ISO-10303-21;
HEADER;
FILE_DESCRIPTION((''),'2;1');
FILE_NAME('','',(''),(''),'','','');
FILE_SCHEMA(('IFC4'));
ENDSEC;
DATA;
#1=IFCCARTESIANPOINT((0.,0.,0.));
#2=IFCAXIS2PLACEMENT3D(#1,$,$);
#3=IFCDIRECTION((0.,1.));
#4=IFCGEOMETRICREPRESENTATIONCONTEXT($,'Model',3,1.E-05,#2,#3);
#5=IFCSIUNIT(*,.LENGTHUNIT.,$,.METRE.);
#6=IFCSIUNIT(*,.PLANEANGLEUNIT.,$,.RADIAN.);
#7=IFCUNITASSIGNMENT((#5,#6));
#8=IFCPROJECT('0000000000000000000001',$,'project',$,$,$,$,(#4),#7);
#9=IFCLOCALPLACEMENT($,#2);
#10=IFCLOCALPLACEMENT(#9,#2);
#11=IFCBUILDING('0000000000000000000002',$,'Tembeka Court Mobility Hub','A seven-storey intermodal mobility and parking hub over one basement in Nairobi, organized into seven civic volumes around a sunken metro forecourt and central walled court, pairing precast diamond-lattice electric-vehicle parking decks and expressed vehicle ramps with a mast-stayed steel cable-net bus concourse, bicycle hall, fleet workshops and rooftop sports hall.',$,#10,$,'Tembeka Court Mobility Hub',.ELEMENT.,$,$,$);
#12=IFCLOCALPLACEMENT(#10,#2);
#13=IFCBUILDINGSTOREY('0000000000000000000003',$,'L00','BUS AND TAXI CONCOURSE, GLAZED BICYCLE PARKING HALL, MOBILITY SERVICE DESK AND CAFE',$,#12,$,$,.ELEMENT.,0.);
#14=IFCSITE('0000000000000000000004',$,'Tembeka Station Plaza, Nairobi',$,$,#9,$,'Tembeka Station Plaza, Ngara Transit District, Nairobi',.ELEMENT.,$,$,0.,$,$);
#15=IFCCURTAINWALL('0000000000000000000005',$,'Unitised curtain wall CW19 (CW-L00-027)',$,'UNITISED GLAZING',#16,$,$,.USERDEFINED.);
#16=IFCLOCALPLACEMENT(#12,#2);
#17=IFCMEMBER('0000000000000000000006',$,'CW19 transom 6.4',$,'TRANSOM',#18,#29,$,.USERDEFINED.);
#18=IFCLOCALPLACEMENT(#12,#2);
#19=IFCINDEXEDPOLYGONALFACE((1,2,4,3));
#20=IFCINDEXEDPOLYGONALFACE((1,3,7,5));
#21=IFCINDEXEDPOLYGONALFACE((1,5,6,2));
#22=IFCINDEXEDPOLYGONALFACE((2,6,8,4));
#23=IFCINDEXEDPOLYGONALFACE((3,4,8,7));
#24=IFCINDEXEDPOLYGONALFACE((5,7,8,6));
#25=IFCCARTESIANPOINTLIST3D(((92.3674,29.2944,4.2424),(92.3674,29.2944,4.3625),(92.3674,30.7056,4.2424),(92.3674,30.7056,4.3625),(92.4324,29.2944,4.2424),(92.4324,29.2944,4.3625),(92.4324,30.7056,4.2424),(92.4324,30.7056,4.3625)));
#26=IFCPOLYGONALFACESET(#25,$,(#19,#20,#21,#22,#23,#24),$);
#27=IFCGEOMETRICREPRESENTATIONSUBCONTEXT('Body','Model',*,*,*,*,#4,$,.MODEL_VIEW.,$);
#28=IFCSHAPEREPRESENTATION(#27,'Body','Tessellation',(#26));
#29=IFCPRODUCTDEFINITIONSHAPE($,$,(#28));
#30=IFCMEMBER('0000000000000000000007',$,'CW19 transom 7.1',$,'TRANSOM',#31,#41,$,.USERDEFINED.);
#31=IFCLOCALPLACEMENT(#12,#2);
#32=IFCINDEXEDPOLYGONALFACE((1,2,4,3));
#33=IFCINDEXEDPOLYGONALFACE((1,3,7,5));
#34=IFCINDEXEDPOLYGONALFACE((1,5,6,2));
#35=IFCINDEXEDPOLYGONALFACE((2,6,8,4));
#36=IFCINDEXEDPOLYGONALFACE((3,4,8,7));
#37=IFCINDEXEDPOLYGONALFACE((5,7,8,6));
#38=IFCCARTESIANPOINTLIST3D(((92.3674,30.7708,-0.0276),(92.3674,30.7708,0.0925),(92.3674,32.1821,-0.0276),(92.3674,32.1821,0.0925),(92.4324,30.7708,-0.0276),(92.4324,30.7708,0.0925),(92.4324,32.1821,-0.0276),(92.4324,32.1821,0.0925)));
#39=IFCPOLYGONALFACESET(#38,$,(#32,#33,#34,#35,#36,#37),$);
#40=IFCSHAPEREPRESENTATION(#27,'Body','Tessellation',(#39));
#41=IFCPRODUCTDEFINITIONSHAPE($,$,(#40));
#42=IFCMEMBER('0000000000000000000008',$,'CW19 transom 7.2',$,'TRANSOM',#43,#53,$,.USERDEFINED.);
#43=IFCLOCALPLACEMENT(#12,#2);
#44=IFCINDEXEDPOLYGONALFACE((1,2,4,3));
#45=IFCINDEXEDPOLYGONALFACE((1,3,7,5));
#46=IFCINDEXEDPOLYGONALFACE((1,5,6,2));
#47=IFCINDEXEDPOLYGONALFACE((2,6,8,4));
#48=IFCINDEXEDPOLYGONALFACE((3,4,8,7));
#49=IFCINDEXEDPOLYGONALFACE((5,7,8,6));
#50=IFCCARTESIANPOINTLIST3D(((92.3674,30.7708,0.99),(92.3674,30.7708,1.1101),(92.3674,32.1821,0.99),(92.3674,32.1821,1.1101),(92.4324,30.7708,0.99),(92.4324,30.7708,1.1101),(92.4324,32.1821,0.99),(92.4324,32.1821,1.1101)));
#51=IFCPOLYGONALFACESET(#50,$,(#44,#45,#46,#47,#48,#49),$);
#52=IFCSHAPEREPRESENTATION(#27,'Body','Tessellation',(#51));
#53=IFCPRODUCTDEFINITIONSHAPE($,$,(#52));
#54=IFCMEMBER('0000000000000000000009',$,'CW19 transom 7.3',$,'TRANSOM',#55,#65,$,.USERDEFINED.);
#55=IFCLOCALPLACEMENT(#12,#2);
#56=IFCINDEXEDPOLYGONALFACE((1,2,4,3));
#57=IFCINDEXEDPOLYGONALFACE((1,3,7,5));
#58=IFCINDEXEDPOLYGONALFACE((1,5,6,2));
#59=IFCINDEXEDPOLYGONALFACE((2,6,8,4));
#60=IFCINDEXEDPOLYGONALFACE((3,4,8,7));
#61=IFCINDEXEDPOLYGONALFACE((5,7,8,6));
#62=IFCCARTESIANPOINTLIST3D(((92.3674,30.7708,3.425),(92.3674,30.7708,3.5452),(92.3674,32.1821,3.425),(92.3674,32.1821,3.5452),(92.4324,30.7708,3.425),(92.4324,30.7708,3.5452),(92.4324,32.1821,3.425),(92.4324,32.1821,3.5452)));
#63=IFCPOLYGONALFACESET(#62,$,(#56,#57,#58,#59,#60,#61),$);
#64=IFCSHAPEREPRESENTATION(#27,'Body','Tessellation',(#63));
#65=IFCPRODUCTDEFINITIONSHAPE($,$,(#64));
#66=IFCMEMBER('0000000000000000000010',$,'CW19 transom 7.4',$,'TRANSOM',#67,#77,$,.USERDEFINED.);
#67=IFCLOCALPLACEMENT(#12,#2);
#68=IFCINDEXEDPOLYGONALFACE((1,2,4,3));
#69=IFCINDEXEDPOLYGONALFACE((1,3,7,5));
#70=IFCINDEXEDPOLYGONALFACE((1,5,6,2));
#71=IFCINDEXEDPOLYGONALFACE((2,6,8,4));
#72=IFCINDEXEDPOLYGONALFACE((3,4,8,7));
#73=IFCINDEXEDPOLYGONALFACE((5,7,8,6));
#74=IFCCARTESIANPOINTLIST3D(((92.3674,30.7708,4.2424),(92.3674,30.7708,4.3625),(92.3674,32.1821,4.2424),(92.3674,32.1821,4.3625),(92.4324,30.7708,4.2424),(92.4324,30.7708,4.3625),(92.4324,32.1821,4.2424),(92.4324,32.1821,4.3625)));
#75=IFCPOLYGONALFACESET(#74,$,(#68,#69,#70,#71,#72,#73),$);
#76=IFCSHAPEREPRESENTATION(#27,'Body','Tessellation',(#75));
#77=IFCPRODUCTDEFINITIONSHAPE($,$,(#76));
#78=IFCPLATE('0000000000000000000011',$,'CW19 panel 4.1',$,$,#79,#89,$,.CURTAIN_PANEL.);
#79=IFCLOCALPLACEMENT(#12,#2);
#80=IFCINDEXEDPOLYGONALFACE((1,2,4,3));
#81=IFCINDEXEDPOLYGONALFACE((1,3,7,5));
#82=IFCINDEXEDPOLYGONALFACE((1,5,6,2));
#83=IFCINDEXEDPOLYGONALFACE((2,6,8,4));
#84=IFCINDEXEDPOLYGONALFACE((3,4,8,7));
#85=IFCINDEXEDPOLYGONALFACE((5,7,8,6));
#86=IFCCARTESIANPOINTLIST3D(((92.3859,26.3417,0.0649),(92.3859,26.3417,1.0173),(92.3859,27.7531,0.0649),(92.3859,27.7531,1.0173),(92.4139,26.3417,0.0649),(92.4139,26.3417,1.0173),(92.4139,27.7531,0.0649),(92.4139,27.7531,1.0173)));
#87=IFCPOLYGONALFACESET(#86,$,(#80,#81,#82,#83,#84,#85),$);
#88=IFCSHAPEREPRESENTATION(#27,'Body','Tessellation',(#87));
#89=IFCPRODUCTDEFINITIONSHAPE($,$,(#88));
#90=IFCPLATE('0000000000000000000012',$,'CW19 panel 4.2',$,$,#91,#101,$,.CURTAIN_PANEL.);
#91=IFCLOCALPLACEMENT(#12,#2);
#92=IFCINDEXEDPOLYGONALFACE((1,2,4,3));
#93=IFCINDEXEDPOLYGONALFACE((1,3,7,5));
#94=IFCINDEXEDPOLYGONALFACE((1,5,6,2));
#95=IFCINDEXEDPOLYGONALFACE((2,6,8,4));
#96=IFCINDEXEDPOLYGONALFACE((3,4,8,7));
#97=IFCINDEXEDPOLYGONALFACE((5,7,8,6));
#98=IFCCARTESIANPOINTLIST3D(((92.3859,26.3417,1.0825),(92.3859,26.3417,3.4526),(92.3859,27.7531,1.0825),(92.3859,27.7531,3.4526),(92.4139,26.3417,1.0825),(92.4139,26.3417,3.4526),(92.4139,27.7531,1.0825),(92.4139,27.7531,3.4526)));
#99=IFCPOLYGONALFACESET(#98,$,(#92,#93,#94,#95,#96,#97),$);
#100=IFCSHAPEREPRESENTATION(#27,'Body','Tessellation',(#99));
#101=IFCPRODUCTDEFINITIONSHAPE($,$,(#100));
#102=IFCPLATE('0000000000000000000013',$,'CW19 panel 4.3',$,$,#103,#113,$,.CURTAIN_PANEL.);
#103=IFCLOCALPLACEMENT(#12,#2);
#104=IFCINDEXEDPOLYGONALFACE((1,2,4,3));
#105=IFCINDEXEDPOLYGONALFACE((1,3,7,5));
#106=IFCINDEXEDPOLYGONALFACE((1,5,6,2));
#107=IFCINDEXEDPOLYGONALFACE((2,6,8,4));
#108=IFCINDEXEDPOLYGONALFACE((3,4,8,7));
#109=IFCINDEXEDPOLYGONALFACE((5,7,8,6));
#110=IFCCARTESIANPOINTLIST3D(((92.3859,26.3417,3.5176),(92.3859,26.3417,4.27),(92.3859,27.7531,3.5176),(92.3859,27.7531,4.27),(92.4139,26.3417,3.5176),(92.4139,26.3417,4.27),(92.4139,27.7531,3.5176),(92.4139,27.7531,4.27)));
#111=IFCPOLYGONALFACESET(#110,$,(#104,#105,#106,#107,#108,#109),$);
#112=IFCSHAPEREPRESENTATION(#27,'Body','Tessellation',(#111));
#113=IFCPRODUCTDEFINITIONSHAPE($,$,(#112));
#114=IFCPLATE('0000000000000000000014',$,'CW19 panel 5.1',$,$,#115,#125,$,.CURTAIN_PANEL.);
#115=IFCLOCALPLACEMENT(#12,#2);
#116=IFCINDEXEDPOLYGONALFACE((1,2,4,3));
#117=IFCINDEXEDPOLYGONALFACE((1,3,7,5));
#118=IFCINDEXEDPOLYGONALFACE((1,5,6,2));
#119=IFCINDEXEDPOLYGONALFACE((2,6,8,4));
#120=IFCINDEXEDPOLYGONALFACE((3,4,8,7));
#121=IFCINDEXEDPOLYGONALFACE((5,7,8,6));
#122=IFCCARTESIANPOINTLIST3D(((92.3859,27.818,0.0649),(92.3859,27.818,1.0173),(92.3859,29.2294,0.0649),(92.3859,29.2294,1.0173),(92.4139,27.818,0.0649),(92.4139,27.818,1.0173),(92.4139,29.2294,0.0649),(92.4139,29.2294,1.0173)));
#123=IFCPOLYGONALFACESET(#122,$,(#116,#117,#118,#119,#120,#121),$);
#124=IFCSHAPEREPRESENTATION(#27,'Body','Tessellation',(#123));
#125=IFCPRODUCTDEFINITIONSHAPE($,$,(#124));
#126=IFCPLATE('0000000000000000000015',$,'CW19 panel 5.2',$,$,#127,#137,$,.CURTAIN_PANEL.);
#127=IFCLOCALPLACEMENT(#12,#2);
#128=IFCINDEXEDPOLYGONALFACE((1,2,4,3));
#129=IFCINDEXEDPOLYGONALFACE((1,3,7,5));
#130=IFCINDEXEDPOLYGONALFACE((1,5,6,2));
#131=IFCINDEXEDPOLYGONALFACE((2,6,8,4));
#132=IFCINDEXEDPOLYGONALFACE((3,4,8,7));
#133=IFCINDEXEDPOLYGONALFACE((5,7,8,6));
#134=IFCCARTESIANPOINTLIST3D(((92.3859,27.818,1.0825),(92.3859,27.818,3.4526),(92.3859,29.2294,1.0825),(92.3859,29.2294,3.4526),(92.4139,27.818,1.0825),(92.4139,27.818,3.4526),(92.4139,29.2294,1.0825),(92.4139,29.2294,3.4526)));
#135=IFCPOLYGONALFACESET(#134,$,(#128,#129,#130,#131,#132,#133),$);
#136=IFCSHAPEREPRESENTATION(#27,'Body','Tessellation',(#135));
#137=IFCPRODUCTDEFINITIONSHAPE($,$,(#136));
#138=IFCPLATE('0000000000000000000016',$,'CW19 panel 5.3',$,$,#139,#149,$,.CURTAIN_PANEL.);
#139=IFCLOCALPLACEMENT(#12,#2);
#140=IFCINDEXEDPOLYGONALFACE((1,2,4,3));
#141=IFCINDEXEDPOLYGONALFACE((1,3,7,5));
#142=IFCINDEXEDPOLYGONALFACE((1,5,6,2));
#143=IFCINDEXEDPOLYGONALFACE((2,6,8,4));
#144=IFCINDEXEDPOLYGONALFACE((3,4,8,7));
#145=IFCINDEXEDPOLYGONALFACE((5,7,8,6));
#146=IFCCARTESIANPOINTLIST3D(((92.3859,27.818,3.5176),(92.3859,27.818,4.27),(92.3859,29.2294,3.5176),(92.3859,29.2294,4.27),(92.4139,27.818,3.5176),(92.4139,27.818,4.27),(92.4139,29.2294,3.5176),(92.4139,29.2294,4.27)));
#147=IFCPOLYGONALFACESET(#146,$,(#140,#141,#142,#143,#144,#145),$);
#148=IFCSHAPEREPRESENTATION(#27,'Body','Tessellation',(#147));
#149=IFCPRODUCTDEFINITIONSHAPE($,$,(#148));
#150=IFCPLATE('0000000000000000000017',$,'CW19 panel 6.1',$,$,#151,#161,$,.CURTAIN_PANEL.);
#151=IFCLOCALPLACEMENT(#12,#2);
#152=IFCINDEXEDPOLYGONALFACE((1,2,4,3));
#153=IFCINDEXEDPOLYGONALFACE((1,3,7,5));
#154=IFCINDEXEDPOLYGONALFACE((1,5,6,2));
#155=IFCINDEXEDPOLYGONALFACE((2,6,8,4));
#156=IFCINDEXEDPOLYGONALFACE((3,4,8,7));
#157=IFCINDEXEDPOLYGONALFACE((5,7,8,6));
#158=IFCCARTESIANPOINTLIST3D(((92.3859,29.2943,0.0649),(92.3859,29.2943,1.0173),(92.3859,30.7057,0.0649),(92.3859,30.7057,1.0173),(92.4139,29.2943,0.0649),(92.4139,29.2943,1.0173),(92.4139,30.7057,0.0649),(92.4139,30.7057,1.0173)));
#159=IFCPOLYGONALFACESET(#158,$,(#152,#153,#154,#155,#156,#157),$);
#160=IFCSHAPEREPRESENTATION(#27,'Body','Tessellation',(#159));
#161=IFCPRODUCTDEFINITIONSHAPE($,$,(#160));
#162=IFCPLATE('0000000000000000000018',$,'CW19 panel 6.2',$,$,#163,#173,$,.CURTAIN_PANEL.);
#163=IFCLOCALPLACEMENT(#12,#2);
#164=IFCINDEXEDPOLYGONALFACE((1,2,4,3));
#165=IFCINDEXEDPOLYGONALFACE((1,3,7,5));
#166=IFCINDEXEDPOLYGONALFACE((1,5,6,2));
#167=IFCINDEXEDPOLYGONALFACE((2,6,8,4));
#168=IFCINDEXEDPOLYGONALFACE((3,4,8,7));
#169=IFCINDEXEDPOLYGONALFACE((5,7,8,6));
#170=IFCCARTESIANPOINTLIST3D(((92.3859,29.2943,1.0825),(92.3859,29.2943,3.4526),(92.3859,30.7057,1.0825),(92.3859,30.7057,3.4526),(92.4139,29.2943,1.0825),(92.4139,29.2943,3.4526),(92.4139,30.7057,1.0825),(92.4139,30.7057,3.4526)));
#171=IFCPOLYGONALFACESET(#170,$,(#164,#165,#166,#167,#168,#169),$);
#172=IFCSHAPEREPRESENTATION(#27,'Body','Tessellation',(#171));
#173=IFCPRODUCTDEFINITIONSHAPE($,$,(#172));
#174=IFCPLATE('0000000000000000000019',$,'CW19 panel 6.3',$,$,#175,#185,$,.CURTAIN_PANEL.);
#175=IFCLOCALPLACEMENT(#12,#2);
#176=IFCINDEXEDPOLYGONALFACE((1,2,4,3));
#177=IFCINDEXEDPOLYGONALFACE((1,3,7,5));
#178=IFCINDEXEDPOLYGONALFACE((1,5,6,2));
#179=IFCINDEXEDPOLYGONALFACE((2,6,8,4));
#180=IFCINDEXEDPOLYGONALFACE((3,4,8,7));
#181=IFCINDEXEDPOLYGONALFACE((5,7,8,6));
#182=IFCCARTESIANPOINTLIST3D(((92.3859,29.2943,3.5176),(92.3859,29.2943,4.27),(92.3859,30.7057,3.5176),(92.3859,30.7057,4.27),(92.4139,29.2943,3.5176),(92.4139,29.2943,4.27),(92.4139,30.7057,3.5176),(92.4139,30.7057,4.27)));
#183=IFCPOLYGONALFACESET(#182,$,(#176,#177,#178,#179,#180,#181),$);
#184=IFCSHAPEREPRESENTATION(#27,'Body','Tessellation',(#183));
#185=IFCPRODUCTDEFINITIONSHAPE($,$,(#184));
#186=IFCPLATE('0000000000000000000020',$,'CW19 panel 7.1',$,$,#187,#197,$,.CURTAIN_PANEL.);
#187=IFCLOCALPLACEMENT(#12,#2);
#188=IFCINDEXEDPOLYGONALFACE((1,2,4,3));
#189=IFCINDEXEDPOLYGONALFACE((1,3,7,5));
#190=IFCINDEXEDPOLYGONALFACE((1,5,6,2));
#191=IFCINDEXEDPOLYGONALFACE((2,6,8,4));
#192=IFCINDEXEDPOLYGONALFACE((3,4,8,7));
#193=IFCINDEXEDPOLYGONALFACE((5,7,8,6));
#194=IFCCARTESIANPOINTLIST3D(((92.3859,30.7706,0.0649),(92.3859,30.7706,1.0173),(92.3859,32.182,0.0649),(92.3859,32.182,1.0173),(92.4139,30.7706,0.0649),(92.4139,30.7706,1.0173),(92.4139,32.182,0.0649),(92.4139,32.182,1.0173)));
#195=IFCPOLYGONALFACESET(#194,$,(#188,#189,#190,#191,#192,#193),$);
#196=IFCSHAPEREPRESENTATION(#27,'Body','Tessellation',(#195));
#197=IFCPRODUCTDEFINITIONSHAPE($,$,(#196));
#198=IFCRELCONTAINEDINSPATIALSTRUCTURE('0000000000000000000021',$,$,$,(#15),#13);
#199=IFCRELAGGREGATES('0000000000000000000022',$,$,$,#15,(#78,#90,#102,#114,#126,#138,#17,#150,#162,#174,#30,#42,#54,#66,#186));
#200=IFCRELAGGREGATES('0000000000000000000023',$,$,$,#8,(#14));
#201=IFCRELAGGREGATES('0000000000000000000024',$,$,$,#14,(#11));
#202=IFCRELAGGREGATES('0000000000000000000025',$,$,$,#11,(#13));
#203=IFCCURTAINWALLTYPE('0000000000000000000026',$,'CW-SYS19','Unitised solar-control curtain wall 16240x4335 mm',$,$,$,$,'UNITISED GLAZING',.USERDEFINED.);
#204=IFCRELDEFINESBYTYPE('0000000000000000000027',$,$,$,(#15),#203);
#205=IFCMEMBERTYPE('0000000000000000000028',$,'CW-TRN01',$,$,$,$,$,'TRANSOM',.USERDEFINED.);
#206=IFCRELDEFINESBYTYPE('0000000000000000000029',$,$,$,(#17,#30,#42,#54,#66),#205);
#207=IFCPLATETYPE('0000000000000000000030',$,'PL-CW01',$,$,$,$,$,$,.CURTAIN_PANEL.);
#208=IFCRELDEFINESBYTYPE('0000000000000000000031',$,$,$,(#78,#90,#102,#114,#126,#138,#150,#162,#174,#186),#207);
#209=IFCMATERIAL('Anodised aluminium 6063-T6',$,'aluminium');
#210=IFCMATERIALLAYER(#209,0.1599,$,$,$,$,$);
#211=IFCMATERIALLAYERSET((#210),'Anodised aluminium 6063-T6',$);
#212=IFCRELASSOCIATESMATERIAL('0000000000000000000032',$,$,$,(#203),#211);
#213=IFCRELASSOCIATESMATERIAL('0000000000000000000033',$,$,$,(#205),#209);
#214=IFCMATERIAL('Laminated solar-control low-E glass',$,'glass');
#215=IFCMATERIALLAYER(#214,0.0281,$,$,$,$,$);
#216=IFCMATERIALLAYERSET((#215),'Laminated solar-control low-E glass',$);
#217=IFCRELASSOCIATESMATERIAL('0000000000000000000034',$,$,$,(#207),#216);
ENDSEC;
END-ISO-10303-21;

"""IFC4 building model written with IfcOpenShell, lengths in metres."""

from ifc_helpers import new_model, si_unit, direction, frame, origin, origin_2d, place, context, subcontext, project, spatial, rectangle, extrude, material, layer, layer_set, material_profile, profile_set, type_object, element, aggregate, save


model = new_model("IFC4")

# Units and contexts
model_context = context("Model", 3, precision=1e-05, world=origin(), true_north=direction((0.0, 1.0)))
body_context = subcontext(model_context, "Body", "Model", "MODEL_VIEW")
ifc_project = project(units=[si_unit("LENGTHUNIT", "METRE"), si_unit("PLANEANGLEUNIT", "RADIAN")], contexts=[model_context])

# Site, building, storey
site_placement = place(None, origin())
site = spatial("IfcSite", under=ifc_project, at=site_placement, Name="Tembeka Station Plaza, Nairobi", LongName="Tembeka Station Plaza, Ngara Transit District, Nairobi", CompositionType="ELEMENT", RefElevation=0.0)
building_placement = place(site_placement, origin())
building = spatial("IfcBuilding", under=site, at=building_placement, Name="Tembeka Court Mobility Hub", Description="A seven-storey intermodal mobility and parking hub over one basement in Nairobi, organized into seven civic volumes around a sunken metro forecourt and central walled court, pairing precast diamond-lattice electric-vehicle parking decks and expressed vehicle ramps with a mast-stayed steel cable-net bus concourse, bicycle hall, fleet workshops and rooftop sports hall.", LongName="Tembeka Court Mobility Hub", CompositionType="ELEMENT")
storey_placement = place(building_placement, origin())
storey = spatial("IfcBuildingStorey", under=building, at=storey_placement, Name="L00", Description="BUS AND TAXI CONCOURSE, GLAZED BICYCLE PARKING HALL, MOBILITY SERVICE DESK AND CAFE", CompositionType="ELEMENT", Elevation=0.0)

# Curtain wall, members, plates
ifc_material_1 = material(Name="Anodised aluminium 6063-T6", Category="aluminium")
ifc_layer_1 = layer(ifc_material_1, 0.1599)
ifc_layer_set_1 = layer_set([ifc_layer_1], Name="Anodised aluminium 6063-T6")
curtain_wall_type = type_object("IfcCurtainWallType", Name="CW-SYS19", Description="Unitised solar-control curtain wall 16240x4335 mm", ElementType="UNITISED GLAZING", PredefinedType="USERDEFINED", material=ifc_layer_set_1)
curtain_wall_placement = place(storey_placement, origin())
curtain_wall = element("IfcCurtainWall", 1, at=curtain_wall_placement, inside=storey, type_object=curtain_wall_type, Name="Unitised curtain wall CW19 (CW-L00-027)", ObjectType="UNITISED GLAZING", PredefinedType="USERDEFINED")
ifc_material_profile_1 = material_profile(ifc_material_1, rectangle(XDim=0.0649, YDim=0.1201, at=origin_2d()), Name="ALU-TRN 65x120")
ifc_profile_set_1 = profile_set([ifc_material_profile_1], Name="Anodised aluminium 6063-T6")
member_type_1 = type_object("IfcMemberType", Name="CW-TRN01", ElementType="TRANSOM", PredefinedType="USERDEFINED", material=ifc_profile_set_1)
member_1_placement = place(storey_placement, frame((92.3999, 29.2944, 4.3025), z_axis=(0.0, 1.0, 0.0), x_axis=(-1.0, 0.0, 0.0)))
member_1 = element("IfcMember", 2, at=member_1_placement, type_object=member_type_1, Name="CW19 transom 6.4", ObjectType="TRANSOM", PredefinedType="USERDEFINED", context=body_context, shape_type="SweptSolid", body=[
    extrude(rectangle(XDim=0.0649, YDim=0.1201, at=origin_2d()), origin(), (0.0, 0.0, 1.0), 1.4111),
])
member_2_placement = place(storey_placement, frame((92.3999, 30.7708, 0.0325), z_axis=(0.0, 1.0, 0.0), x_axis=(-1.0, 0.0, 0.0)))
member_2 = element("IfcMember", 3, at=member_2_placement, type_object=member_type_1, Name="CW19 transom 7.1", ObjectType="TRANSOM", PredefinedType="USERDEFINED", context=body_context, shape_type="SweptSolid", body=[
    extrude(rectangle(XDim=0.0649, YDim=0.1201, at=origin_2d()), origin(), (0.0, 0.0, 1.0), 1.4114),
])
member_3_placement = place(storey_placement, frame((92.3999, 30.7708, 1.05), z_axis=(0.0, 1.0, 0.0), x_axis=(-1.0, 0.0, 0.0)))
member_3 = element("IfcMember", 4, at=member_3_placement, type_object=member_type_1, Name="CW19 transom 7.2", ObjectType="TRANSOM", PredefinedType="USERDEFINED", context=body_context, shape_type="SweptSolid", body=[
    extrude(rectangle(XDim=0.0649, YDim=0.1201, at=origin_2d()), origin(), (0.0, 0.0, 1.0), 1.4114),
])
member_4_placement = place(storey_placement, frame((92.3999, 30.7708, 3.4851), z_axis=(0.0, 1.0, 0.0), x_axis=(-1.0, 0.0, 0.0)))
member_4 = element("IfcMember", 5, at=member_4_placement, type_object=member_type_1, Name="CW19 transom 7.3", ObjectType="TRANSOM", PredefinedType="USERDEFINED", context=body_context, shape_type="SweptSolid", body=[
    extrude(rectangle(XDim=0.0649, YDim=0.1201, at=origin_2d()), origin(), (0.0, 0.0, 1.0), 1.4114),
])
member_5_placement = place(storey_placement, frame((92.3999, 30.7708, 4.3025), z_axis=(0.0, 1.0, 0.0), x_axis=(-1.0, 0.0, 0.0)))
member_5 = element("IfcMember", 6, at=member_5_placement, type_object=member_type_1, Name="CW19 transom 7.4", ObjectType="TRANSOM", PredefinedType="USERDEFINED", context=body_context, shape_type="SweptSolid", body=[
    extrude(rectangle(XDim=0.0649, YDim=0.1201, at=origin_2d()), origin(), (0.0, 0.0, 1.0), 1.4114),
])
ifc_material_2 = material(Name="Laminated solar-control low-E glass", Category="glass")
ifc_layer_2 = layer(ifc_material_2, 0.0281)
ifc_layer_set_2 = layer_set([ifc_layer_2], Name="Laminated solar-control low-E glass")
plate_type = type_object("IfcPlateType", Name="PL-CW01", PredefinedType="CURTAIN_PANEL", material=ifc_layer_set_2)
plate_1_placement = place(storey_placement, frame((92.3999, 27.0474, 0.0649), z_axis=(0.0, 0.0, 1.0), x_axis=(0.0, 1.0, 0.0)))
plate_1 = element("IfcPlate", 7, at=plate_1_placement, type_object=plate_type, Name="CW19 panel 4.1", PredefinedType="CURTAIN_PANEL", context=body_context, shape_type="SweptSolid", body=[
    extrude(rectangle(XDim=1.4114, YDim=0.0281, at=origin_2d()), origin(), (0.0, 0.0, 1.0), 0.9524),
])
plate_2_placement = place(storey_placement, frame((92.3999, 27.0474, 1.0825), z_axis=(0.0, 0.0, 1.0), x_axis=(0.0, 1.0, 0.0)))
plate_2 = element("IfcPlate", 8, at=plate_2_placement, type_object=plate_type, Name="CW19 panel 4.2", PredefinedType="CURTAIN_PANEL", context=body_context, shape_type="SweptSolid", body=[
    extrude(rectangle(XDim=1.4114, YDim=0.0281, at=origin_2d()), origin(), (0.0, 0.0, 1.0), 2.3701),
])
plate_3_placement = place(storey_placement, frame((92.3999, 27.0474, 3.5176), z_axis=(0.0, 0.0, 1.0), x_axis=(0.0, 1.0, 0.0)))
plate_3 = element("IfcPlate", 9, at=plate_3_placement, type_object=plate_type, Name="CW19 panel 4.3", PredefinedType="CURTAIN_PANEL", context=body_context, shape_type="SweptSolid", body=[
    extrude(rectangle(XDim=1.4114, YDim=0.0281, at=origin_2d()), origin(), (0.0, 0.0, 1.0), 0.7524),
])
plate_4_placement = place(storey_placement, frame((92.3999, 28.5237, 0.0649), z_axis=(0.0, 0.0, 1.0), x_axis=(0.0, 1.0, 0.0)))
plate_4 = element("IfcPlate", 10, at=plate_4_placement, type_object=plate_type, Name="CW19 panel 5.1", PredefinedType="CURTAIN_PANEL", context=body_context, shape_type="SweptSolid", body=[
    extrude(rectangle(XDim=1.4114, YDim=0.0281, at=origin_2d()), origin(), (0.0, 0.0, 1.0), 0.9524),
])
plate_5_placement = place(storey_placement, frame((92.3999, 28.5237, 1.0825), z_axis=(0.0, 0.0, 1.0), x_axis=(0.0, 1.0, 0.0)))
plate_5 = element("IfcPlate", 11, at=plate_5_placement, type_object=plate_type, Name="CW19 panel 5.2", PredefinedType="CURTAIN_PANEL", context=body_context, shape_type="SweptSolid", body=[
    extrude(rectangle(XDim=1.4114, YDim=0.0281, at=origin_2d()), origin(), (0.0, 0.0, 1.0), 2.3701),
])
plate_6_placement = place(storey_placement, frame((92.3999, 28.5237, 3.5176), z_axis=(0.0, 0.0, 1.0), x_axis=(0.0, 1.0, 0.0)))
plate_6 = element("IfcPlate", 12, at=plate_6_placement, type_object=plate_type, Name="CW19 panel 5.3", PredefinedType="CURTAIN_PANEL", context=body_context, shape_type="SweptSolid", body=[
    extrude(rectangle(XDim=1.4114, YDim=0.0281, at=origin_2d()), origin(), (0.0, 0.0, 1.0), 0.7524),
])
plate_7_placement = place(storey_placement, frame((92.3999, 30.0, 0.0649), z_axis=(0.0, 0.0, 1.0), x_axis=(0.0, 1.0, 0.0)))
plate_7 = element("IfcPlate", 13, at=plate_7_placement, type_object=plate_type, Name="CW19 panel 6.1", PredefinedType="CURTAIN_PANEL", context=body_context, shape_type="SweptSolid", body=[
    extrude(rectangle(XDim=1.4114, YDim=0.0281, at=origin_2d()), origin(), (0.0, 0.0, 1.0), 0.9524),
])
plate_8_placement = place(storey_placement, frame((92.3999, 30.0, 1.0825), z_axis=(0.0, 0.0, 1.0), x_axis=(0.0, 1.0, 0.0)))
plate_8 = element("IfcPlate", 14, at=plate_8_placement, type_object=plate_type, Name="CW19 panel 6.2", PredefinedType="CURTAIN_PANEL", context=body_context, shape_type="SweptSolid", body=[
    extrude(rectangle(XDim=1.4114, YDim=0.0281, at=origin_2d()), origin(), (0.0, 0.0, 1.0), 2.3701),
])
plate_9_placement = place(storey_placement, frame((92.3999, 30.0, 3.5176), z_axis=(0.0, 0.0, 1.0), x_axis=(0.0, 1.0, 0.0)))
plate_9 = element("IfcPlate", 15, at=plate_9_placement, type_object=plate_type, Name="CW19 panel 6.3", PredefinedType="CURTAIN_PANEL", context=body_context, shape_type="SweptSolid", body=[
    extrude(rectangle(XDim=1.4114, YDim=0.0281, at=origin_2d()), origin(), (0.0, 0.0, 1.0), 0.7524),
])
plate_10_placement = place(storey_placement, frame((92.3999, 31.4763, 0.0649), z_axis=(0.0, 0.0, 1.0), x_axis=(0.0, 1.0, 0.0)))
plate_10 = element("IfcPlate", 16, at=plate_10_placement, type_object=plate_type, Name="CW19 panel 7.1", PredefinedType="CURTAIN_PANEL", context=body_context, shape_type="SweptSolid", body=[
    extrude(rectangle(XDim=1.4114, YDim=0.0281, at=origin_2d()), origin(), (0.0, 0.0, 1.0), 0.9524),
])
aggregate(curtain_wall, [plate_1, plate_2, plate_3, plate_4, plate_5, plate_6, member_1, plate_7, plate_8, plate_9, member_2, member_3, member_4, member_5, plate_10])

save(model, "model.ifc")
